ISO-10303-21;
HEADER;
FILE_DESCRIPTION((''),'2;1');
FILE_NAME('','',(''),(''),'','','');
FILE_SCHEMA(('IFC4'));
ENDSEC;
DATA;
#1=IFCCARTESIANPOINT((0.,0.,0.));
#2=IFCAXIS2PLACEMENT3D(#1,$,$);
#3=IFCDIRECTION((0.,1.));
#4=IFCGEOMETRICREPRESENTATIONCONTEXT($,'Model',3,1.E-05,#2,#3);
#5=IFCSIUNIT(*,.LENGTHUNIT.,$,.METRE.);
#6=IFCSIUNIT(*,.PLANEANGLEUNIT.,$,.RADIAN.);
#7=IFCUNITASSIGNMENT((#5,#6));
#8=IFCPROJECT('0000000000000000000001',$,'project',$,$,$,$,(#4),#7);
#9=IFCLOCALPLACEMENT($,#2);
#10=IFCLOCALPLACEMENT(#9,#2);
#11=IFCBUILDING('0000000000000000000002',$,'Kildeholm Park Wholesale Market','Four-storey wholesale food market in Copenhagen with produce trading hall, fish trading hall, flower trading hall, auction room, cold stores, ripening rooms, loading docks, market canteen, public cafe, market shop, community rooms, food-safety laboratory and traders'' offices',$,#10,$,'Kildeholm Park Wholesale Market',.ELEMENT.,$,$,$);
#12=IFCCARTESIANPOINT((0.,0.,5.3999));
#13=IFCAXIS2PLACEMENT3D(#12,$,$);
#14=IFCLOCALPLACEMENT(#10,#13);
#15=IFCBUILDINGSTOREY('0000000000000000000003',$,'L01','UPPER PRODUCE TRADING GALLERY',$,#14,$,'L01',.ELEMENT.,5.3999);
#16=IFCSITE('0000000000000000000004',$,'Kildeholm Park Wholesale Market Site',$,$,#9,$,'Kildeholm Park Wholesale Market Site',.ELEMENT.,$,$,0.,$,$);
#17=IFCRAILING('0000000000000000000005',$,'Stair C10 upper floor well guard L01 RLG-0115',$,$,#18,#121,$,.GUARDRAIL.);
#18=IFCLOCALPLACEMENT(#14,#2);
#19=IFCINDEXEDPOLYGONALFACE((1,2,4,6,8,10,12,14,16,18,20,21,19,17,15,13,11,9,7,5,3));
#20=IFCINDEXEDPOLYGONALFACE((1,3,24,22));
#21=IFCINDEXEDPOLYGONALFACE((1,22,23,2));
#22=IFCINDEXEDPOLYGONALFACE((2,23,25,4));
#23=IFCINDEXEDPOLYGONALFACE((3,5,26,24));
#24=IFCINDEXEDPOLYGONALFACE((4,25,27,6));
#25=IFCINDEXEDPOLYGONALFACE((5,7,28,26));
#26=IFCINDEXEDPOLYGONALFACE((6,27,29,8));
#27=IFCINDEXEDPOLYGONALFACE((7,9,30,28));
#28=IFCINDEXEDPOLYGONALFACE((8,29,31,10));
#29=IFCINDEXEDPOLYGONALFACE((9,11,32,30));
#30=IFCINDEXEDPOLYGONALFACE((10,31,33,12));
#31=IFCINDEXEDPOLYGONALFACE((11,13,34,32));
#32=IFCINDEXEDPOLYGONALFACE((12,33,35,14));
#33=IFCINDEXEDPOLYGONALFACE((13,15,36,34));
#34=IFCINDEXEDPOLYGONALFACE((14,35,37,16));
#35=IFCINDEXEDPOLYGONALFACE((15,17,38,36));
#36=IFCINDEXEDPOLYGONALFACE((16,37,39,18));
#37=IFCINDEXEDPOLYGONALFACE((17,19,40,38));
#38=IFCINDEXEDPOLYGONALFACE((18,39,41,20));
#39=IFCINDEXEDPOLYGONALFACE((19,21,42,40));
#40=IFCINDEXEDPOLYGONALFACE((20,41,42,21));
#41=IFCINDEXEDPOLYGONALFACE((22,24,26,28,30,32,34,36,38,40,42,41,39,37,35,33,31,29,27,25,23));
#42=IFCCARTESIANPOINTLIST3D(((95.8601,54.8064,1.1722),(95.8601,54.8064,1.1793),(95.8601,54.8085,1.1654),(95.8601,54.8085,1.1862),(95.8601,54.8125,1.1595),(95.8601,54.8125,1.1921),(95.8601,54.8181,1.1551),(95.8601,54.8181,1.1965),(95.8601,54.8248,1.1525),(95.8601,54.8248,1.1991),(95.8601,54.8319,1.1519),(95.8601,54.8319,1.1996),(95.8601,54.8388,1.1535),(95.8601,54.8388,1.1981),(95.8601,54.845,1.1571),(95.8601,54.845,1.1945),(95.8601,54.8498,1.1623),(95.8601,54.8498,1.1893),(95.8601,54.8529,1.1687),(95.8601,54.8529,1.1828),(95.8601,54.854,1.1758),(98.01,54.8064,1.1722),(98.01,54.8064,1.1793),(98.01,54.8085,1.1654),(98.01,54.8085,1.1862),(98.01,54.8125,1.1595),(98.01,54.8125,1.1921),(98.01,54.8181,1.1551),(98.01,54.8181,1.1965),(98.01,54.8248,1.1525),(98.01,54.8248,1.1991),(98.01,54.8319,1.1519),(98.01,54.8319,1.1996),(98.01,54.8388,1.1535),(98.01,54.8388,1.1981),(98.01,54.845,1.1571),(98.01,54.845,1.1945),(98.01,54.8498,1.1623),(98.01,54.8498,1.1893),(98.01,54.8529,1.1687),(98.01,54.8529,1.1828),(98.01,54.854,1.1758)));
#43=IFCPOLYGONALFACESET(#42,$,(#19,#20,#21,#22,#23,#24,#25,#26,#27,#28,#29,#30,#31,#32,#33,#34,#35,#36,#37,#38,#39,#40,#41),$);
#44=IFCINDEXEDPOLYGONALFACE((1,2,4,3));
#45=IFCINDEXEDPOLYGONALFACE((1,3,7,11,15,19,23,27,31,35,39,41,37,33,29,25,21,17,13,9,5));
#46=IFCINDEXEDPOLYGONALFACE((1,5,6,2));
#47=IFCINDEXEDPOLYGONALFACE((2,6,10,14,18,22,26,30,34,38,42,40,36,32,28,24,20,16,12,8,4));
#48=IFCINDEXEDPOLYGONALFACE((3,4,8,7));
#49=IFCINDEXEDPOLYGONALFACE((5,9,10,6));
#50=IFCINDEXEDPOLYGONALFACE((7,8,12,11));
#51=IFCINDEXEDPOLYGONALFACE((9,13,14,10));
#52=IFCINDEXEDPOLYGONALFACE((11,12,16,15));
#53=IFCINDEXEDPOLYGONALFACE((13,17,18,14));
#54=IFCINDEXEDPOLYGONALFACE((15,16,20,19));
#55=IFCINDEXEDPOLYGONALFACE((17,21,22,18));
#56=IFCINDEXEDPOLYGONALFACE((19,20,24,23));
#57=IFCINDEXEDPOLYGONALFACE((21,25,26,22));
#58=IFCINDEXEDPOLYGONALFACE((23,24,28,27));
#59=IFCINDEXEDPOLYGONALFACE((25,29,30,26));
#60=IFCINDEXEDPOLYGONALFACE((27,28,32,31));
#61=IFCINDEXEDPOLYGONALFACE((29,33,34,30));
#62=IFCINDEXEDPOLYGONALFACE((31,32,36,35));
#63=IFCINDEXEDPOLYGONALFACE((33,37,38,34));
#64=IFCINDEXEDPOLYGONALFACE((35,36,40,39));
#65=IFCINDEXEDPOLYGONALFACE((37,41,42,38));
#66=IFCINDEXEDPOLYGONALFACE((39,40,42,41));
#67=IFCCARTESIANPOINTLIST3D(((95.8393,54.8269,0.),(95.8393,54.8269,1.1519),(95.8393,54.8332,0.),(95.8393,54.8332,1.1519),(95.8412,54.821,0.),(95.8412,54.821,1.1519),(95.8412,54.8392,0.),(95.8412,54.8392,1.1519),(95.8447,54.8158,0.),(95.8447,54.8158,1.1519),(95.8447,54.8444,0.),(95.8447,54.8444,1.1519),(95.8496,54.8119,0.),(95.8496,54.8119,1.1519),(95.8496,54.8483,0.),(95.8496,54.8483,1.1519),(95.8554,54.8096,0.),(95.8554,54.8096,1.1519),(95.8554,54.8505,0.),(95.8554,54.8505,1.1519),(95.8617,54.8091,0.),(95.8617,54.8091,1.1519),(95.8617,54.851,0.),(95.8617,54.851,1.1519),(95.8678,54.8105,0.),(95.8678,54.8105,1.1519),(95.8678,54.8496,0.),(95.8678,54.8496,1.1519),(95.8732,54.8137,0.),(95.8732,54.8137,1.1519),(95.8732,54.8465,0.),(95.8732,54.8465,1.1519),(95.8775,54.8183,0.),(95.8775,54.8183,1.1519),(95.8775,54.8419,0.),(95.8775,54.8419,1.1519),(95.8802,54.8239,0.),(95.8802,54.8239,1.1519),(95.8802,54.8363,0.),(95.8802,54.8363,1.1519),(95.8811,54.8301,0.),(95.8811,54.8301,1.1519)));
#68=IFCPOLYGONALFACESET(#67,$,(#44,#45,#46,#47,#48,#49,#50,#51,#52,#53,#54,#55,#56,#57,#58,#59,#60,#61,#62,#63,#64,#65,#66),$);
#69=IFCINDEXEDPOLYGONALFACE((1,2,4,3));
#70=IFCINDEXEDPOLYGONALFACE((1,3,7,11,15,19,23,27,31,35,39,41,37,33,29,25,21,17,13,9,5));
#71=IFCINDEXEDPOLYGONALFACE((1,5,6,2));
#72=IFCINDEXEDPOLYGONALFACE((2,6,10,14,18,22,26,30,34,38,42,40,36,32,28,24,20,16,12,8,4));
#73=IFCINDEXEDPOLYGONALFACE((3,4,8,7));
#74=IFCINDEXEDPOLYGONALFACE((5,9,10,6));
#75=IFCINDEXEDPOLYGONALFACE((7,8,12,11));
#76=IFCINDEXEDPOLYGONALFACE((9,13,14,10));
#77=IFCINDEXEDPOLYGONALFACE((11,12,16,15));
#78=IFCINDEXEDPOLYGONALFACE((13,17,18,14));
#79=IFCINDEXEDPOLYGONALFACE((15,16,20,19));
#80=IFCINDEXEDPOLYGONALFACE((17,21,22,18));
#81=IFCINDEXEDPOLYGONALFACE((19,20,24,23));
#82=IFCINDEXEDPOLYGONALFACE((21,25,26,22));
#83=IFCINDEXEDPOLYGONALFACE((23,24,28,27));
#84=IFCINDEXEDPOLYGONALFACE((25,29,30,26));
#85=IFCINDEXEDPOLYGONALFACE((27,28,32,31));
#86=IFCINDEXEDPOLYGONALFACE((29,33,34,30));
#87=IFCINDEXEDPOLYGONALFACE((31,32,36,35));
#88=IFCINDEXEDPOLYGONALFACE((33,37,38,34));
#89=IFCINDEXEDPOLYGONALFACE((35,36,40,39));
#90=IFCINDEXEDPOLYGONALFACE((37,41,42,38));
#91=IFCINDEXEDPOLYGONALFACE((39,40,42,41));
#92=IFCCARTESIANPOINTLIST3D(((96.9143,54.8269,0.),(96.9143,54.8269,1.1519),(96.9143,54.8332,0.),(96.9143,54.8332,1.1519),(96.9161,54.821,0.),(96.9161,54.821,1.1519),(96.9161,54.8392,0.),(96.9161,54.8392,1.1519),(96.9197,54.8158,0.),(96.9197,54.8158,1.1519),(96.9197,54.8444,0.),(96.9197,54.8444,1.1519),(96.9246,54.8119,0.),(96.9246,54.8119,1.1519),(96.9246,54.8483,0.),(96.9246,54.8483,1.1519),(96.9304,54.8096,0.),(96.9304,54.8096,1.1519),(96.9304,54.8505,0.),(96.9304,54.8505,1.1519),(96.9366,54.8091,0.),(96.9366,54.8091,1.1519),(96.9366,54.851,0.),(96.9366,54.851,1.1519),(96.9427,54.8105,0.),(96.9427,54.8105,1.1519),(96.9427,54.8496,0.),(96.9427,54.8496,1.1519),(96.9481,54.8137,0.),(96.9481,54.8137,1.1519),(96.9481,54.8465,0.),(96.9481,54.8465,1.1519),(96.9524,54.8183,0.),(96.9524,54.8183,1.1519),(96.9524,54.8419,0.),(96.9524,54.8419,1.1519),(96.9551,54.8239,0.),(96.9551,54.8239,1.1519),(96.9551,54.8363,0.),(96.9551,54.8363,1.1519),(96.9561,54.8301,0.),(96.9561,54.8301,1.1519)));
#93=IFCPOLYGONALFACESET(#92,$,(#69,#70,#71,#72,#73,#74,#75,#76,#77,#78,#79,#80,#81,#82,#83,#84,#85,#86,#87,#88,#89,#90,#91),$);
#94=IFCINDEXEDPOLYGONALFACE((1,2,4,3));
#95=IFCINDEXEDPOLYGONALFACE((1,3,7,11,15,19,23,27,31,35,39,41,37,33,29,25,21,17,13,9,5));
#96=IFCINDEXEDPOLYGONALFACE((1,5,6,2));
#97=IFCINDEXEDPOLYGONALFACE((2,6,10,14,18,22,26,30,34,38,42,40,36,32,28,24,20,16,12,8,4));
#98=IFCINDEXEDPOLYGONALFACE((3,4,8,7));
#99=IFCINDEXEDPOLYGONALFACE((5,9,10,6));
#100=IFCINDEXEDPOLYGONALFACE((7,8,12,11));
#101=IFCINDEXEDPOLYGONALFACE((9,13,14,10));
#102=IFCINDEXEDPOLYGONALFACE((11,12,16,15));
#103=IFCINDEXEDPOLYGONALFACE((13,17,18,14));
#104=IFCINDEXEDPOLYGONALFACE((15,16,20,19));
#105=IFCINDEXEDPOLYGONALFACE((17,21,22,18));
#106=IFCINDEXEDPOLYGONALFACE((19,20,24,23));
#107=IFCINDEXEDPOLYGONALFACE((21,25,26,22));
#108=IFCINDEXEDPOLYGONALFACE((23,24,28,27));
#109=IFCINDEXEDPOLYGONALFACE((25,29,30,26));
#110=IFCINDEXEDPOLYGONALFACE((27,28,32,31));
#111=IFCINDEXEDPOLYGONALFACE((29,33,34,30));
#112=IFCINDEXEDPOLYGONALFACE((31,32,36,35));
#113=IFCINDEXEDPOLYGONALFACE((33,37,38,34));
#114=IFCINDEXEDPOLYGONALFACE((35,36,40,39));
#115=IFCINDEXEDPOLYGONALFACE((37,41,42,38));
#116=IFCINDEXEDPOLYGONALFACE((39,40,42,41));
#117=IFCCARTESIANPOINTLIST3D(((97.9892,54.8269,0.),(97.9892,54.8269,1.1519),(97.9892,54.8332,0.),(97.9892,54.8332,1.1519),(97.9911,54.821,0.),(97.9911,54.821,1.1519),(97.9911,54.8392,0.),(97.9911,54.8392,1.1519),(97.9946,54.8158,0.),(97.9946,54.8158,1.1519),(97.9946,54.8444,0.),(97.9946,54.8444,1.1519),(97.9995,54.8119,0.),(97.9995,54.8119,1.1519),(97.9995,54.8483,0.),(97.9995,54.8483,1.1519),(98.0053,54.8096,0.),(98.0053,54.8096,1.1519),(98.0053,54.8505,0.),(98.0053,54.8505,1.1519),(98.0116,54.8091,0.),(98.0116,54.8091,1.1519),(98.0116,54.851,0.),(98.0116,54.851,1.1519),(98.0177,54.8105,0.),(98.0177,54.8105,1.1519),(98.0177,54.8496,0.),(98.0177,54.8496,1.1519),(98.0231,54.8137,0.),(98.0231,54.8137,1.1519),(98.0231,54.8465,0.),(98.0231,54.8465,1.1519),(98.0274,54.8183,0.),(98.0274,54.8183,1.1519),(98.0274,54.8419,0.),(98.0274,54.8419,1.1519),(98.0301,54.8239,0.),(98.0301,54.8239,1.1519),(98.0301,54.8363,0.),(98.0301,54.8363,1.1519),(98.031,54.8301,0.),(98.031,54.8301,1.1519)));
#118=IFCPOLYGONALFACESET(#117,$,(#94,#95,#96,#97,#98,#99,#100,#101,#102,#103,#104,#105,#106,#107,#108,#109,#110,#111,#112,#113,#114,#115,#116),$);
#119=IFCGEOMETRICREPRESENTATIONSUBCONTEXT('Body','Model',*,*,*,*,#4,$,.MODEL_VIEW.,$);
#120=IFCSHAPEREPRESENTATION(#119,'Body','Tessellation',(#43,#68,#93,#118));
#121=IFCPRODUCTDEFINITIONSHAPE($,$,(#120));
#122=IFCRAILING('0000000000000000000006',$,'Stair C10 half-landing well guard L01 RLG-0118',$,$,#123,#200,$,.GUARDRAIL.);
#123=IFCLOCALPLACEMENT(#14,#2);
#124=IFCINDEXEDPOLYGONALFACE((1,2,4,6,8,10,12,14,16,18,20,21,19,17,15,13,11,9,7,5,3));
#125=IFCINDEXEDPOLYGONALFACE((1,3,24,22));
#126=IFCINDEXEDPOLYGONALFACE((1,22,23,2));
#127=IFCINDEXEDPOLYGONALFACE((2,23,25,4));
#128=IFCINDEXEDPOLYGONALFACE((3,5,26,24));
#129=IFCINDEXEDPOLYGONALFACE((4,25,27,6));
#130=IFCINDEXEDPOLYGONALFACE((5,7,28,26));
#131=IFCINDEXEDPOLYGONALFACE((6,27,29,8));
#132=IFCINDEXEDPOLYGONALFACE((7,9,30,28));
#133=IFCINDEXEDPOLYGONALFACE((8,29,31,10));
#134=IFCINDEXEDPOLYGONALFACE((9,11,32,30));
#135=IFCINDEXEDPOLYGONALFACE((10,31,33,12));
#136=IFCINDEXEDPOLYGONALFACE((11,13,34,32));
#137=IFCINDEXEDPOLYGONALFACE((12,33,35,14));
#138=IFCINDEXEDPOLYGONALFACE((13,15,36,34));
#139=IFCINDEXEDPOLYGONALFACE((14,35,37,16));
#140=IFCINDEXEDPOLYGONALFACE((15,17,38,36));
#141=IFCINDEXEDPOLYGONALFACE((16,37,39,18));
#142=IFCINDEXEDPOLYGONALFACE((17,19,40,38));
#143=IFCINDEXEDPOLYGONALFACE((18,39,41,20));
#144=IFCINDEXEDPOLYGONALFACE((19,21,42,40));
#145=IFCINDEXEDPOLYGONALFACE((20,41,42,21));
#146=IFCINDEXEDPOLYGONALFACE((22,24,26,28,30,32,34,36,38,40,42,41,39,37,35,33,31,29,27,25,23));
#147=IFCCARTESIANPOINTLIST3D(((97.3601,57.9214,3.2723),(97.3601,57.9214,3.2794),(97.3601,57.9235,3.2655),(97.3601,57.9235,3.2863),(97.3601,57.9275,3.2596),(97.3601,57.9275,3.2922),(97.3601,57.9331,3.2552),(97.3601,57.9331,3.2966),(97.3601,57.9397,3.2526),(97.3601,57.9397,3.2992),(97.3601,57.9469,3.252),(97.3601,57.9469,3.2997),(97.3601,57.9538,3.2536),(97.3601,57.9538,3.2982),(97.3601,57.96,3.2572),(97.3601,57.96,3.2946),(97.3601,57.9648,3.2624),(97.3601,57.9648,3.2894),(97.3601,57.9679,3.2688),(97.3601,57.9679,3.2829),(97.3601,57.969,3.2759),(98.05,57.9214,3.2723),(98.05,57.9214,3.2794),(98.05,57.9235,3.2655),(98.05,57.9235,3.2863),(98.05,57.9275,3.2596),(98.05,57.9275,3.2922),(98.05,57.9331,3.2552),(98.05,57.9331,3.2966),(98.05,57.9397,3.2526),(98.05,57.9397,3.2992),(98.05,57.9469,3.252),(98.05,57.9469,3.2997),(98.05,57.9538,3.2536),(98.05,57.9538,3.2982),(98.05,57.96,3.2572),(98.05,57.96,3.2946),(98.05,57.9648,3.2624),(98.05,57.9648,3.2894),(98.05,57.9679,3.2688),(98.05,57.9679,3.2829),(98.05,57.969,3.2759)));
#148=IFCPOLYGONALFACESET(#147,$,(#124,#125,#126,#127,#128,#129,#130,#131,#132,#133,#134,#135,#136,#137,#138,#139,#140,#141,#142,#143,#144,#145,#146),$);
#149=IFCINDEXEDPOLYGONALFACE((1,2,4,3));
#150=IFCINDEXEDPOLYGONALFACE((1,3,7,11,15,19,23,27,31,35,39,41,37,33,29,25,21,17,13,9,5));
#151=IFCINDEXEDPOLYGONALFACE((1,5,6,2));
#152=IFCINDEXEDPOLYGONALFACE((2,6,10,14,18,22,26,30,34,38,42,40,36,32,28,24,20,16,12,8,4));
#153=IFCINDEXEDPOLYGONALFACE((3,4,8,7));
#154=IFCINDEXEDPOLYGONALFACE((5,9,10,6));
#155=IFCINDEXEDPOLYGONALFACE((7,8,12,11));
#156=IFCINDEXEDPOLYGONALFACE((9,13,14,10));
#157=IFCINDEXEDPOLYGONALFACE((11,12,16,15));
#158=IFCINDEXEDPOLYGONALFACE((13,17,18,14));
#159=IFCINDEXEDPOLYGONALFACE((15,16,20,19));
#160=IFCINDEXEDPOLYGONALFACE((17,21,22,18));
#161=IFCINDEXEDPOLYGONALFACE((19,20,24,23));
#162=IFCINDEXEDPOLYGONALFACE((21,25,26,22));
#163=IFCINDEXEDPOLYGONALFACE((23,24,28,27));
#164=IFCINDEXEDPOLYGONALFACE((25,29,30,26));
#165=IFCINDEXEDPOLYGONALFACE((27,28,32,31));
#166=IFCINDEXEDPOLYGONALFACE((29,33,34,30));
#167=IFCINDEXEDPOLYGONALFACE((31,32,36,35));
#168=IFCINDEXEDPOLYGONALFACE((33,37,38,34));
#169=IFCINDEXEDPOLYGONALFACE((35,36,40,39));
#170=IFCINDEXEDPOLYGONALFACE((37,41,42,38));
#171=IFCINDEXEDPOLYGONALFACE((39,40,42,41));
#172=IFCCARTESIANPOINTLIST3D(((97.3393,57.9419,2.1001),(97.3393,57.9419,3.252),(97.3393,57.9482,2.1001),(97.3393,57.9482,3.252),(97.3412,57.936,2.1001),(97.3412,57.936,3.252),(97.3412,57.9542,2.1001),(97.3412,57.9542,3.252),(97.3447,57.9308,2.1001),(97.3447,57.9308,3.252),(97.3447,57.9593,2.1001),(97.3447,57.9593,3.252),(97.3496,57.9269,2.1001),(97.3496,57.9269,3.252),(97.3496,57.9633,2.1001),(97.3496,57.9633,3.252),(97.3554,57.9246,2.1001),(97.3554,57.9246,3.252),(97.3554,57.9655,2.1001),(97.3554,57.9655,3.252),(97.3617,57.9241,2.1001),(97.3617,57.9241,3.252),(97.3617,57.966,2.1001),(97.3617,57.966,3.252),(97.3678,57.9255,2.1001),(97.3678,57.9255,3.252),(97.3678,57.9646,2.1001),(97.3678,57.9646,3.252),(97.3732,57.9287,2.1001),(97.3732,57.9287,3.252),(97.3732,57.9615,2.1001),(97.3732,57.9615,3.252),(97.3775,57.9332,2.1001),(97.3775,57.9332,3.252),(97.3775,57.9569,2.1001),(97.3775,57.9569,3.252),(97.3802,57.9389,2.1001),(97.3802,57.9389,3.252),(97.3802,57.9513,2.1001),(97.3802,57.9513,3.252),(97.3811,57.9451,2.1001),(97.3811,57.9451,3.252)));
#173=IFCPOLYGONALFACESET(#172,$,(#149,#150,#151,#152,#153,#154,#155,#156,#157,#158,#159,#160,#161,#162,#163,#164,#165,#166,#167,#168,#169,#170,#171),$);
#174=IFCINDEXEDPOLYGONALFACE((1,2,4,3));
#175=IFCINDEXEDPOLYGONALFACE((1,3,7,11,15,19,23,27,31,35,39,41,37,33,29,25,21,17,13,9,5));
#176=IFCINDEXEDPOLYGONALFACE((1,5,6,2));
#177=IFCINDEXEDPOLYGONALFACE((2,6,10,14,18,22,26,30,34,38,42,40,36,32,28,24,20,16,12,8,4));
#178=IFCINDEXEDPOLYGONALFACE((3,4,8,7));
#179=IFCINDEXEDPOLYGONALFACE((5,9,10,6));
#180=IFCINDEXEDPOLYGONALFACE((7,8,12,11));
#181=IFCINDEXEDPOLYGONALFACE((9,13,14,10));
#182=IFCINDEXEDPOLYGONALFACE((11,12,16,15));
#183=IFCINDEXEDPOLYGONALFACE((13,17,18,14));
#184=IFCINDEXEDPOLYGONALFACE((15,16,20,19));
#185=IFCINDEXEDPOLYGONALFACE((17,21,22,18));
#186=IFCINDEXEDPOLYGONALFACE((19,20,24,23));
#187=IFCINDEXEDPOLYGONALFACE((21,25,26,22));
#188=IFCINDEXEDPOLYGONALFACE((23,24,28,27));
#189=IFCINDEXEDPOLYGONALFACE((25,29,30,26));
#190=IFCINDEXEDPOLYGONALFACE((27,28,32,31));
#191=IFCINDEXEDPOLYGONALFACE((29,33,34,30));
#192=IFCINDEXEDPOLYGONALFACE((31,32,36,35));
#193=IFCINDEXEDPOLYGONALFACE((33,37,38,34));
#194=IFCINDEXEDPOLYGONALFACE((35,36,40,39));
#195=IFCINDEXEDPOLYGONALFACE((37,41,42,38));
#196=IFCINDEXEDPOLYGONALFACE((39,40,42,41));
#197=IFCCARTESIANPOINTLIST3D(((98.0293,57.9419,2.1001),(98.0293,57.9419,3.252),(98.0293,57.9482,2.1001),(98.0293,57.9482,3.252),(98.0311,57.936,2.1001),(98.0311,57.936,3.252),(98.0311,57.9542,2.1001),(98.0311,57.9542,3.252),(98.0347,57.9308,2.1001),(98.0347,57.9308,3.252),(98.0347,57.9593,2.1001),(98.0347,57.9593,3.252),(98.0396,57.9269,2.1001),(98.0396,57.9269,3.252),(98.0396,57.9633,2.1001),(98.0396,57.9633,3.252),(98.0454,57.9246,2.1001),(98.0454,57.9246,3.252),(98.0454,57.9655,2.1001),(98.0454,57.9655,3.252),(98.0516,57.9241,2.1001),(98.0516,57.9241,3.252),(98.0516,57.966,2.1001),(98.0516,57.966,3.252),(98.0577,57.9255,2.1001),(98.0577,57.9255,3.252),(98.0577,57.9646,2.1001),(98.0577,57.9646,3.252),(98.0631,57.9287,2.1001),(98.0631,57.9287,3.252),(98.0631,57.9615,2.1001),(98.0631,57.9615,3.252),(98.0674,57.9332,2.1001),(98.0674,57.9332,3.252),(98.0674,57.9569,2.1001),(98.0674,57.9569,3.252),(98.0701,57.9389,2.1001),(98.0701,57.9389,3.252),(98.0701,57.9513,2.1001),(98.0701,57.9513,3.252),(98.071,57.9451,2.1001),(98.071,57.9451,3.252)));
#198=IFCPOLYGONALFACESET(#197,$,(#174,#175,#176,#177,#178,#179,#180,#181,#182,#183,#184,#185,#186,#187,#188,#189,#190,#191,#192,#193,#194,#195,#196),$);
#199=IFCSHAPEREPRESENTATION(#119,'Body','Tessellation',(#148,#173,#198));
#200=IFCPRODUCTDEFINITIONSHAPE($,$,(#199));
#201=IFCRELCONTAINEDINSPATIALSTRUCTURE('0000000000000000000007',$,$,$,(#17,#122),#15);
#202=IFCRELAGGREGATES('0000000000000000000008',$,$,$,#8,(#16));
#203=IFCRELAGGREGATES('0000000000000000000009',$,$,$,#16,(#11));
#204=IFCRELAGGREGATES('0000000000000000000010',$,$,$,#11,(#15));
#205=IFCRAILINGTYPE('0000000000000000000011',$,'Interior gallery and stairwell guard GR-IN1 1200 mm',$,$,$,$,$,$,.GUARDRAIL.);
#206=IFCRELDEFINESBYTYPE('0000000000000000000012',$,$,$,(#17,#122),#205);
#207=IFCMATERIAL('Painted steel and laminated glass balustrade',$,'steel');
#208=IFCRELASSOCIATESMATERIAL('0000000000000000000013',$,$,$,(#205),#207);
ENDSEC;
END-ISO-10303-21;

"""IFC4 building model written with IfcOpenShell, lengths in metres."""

from ifc_helpers import new_model, si_unit, direction, frame, origin, origin_2d, place, context, subcontext, project, spatial, circle, extrude, material, type_object, element, save


model = new_model("IFC4")

# Units and contexts
model_context = context("Model", 3, precision=1e-05, world=origin(), true_north=direction((0.0, 1.0)))
body_context = subcontext(model_context, "Body", "Model", "MODEL_VIEW")
ifc_project = project(units=[si_unit("LENGTHUNIT", "METRE"), si_unit("PLANEANGLEUNIT", "RADIAN")], contexts=[model_context])

# Site, building, storey
site_placement = place(None, origin())
site = spatial("IfcSite", under=ifc_project, at=site_placement, Name="Kildeholm Park Wholesale Market Site", LongName="Kildeholm Park Wholesale Market Site", CompositionType="ELEMENT", RefElevation=0.0)
building_placement = place(site_placement, origin())
building = spatial("IfcBuilding", under=site, at=building_placement, Name="Kildeholm Park Wholesale Market", Description="Four-storey wholesale food market in Copenhagen with produce trading hall, fish trading hall, flower trading hall, auction room, cold stores, ripening rooms, loading docks, market canteen, public cafe, market shop, community rooms, food-safety laboratory and traders' offices", LongName="Kildeholm Park Wholesale Market", CompositionType="ELEMENT")
storey_placement = place(building_placement, frame((0.0, 0.0, 5.3999)))
storey = spatial("IfcBuildingStorey", under=building, at=storey_placement, Name="L01", Description="UPPER PRODUCE TRADING GALLERY", LongName="L01", CompositionType="ELEMENT", Elevation=5.3999)

# Railings
ifc_material_1 = material(Name="Painted steel and laminated glass balustrade", Category="steel")
railing_type_1 = type_object("IfcRailingType", Name="Interior gallery and stairwell guard GR-IN1 1200 mm", PredefinedType="GUARDRAIL", material=ifc_material_1)
railing_1_placement = place(storey_placement, frame((95.8601, 54.8301, 0.0)))
element("IfcRailing", 1, at=railing_1_placement, inside=storey, type_object=railing_type_1, Name="Stair C10 upper floor well guard L01 RLG-0115", PredefinedType="GUARDRAIL", context=body_context, shape_type="SweptSolid", body=[
    extrude(circle(Radius=0.0239, at=origin_2d()), frame((0.0, 0.0, 1.1758), z_axis=(1.0, 0.0, 0.0), x_axis=(0.0, 1.0, 0.0)), (0.0, 0.0, 1.0), 2.1499),
    extrude(circle(Radius=0.021, at=origin_2d()), origin(), (0.0, 0.0, 1.0), 1.1519),
    extrude(circle(Radius=0.021, at=origin_2d()), frame((1.075, 0.0, 0.0)), (0.0, 0.0, 1.0), 1.1519),
    extrude(circle(Radius=0.021, at=origin_2d()), frame((2.1499, 0.0, 0.0)), (0.0, 0.0, 1.0), 1.1519),
])
railing_2_placement = place(storey_placement, frame((97.3601, 57.9451, 2.1001)))
element("IfcRailing", 2, at=railing_2_placement, inside=storey, type_object=railing_type_1, Name="Stair C10 half-landing well guard L01 RLG-0118", PredefinedType="GUARDRAIL", context=body_context, shape_type="SweptSolid", body=[
    extrude(circle(Radius=0.0239, at=origin_2d()), frame((0.0, 0.0, 1.1758), z_axis=(1.0, 0.0, 0.0), x_axis=(0.0, 1.0, 0.0)), (0.0, 0.0, 1.0), 0.6899),
    extrude(circle(Radius=0.021, at=origin_2d()), origin(), (0.0, 0.0, 1.0), 1.1519),
    extrude(circle(Radius=0.021, at=origin_2d()), frame((0.6899, 0.0, 0.0)), (0.0, 0.0, 1.0), 1.1519),
])

save(model, "model.ifc")
